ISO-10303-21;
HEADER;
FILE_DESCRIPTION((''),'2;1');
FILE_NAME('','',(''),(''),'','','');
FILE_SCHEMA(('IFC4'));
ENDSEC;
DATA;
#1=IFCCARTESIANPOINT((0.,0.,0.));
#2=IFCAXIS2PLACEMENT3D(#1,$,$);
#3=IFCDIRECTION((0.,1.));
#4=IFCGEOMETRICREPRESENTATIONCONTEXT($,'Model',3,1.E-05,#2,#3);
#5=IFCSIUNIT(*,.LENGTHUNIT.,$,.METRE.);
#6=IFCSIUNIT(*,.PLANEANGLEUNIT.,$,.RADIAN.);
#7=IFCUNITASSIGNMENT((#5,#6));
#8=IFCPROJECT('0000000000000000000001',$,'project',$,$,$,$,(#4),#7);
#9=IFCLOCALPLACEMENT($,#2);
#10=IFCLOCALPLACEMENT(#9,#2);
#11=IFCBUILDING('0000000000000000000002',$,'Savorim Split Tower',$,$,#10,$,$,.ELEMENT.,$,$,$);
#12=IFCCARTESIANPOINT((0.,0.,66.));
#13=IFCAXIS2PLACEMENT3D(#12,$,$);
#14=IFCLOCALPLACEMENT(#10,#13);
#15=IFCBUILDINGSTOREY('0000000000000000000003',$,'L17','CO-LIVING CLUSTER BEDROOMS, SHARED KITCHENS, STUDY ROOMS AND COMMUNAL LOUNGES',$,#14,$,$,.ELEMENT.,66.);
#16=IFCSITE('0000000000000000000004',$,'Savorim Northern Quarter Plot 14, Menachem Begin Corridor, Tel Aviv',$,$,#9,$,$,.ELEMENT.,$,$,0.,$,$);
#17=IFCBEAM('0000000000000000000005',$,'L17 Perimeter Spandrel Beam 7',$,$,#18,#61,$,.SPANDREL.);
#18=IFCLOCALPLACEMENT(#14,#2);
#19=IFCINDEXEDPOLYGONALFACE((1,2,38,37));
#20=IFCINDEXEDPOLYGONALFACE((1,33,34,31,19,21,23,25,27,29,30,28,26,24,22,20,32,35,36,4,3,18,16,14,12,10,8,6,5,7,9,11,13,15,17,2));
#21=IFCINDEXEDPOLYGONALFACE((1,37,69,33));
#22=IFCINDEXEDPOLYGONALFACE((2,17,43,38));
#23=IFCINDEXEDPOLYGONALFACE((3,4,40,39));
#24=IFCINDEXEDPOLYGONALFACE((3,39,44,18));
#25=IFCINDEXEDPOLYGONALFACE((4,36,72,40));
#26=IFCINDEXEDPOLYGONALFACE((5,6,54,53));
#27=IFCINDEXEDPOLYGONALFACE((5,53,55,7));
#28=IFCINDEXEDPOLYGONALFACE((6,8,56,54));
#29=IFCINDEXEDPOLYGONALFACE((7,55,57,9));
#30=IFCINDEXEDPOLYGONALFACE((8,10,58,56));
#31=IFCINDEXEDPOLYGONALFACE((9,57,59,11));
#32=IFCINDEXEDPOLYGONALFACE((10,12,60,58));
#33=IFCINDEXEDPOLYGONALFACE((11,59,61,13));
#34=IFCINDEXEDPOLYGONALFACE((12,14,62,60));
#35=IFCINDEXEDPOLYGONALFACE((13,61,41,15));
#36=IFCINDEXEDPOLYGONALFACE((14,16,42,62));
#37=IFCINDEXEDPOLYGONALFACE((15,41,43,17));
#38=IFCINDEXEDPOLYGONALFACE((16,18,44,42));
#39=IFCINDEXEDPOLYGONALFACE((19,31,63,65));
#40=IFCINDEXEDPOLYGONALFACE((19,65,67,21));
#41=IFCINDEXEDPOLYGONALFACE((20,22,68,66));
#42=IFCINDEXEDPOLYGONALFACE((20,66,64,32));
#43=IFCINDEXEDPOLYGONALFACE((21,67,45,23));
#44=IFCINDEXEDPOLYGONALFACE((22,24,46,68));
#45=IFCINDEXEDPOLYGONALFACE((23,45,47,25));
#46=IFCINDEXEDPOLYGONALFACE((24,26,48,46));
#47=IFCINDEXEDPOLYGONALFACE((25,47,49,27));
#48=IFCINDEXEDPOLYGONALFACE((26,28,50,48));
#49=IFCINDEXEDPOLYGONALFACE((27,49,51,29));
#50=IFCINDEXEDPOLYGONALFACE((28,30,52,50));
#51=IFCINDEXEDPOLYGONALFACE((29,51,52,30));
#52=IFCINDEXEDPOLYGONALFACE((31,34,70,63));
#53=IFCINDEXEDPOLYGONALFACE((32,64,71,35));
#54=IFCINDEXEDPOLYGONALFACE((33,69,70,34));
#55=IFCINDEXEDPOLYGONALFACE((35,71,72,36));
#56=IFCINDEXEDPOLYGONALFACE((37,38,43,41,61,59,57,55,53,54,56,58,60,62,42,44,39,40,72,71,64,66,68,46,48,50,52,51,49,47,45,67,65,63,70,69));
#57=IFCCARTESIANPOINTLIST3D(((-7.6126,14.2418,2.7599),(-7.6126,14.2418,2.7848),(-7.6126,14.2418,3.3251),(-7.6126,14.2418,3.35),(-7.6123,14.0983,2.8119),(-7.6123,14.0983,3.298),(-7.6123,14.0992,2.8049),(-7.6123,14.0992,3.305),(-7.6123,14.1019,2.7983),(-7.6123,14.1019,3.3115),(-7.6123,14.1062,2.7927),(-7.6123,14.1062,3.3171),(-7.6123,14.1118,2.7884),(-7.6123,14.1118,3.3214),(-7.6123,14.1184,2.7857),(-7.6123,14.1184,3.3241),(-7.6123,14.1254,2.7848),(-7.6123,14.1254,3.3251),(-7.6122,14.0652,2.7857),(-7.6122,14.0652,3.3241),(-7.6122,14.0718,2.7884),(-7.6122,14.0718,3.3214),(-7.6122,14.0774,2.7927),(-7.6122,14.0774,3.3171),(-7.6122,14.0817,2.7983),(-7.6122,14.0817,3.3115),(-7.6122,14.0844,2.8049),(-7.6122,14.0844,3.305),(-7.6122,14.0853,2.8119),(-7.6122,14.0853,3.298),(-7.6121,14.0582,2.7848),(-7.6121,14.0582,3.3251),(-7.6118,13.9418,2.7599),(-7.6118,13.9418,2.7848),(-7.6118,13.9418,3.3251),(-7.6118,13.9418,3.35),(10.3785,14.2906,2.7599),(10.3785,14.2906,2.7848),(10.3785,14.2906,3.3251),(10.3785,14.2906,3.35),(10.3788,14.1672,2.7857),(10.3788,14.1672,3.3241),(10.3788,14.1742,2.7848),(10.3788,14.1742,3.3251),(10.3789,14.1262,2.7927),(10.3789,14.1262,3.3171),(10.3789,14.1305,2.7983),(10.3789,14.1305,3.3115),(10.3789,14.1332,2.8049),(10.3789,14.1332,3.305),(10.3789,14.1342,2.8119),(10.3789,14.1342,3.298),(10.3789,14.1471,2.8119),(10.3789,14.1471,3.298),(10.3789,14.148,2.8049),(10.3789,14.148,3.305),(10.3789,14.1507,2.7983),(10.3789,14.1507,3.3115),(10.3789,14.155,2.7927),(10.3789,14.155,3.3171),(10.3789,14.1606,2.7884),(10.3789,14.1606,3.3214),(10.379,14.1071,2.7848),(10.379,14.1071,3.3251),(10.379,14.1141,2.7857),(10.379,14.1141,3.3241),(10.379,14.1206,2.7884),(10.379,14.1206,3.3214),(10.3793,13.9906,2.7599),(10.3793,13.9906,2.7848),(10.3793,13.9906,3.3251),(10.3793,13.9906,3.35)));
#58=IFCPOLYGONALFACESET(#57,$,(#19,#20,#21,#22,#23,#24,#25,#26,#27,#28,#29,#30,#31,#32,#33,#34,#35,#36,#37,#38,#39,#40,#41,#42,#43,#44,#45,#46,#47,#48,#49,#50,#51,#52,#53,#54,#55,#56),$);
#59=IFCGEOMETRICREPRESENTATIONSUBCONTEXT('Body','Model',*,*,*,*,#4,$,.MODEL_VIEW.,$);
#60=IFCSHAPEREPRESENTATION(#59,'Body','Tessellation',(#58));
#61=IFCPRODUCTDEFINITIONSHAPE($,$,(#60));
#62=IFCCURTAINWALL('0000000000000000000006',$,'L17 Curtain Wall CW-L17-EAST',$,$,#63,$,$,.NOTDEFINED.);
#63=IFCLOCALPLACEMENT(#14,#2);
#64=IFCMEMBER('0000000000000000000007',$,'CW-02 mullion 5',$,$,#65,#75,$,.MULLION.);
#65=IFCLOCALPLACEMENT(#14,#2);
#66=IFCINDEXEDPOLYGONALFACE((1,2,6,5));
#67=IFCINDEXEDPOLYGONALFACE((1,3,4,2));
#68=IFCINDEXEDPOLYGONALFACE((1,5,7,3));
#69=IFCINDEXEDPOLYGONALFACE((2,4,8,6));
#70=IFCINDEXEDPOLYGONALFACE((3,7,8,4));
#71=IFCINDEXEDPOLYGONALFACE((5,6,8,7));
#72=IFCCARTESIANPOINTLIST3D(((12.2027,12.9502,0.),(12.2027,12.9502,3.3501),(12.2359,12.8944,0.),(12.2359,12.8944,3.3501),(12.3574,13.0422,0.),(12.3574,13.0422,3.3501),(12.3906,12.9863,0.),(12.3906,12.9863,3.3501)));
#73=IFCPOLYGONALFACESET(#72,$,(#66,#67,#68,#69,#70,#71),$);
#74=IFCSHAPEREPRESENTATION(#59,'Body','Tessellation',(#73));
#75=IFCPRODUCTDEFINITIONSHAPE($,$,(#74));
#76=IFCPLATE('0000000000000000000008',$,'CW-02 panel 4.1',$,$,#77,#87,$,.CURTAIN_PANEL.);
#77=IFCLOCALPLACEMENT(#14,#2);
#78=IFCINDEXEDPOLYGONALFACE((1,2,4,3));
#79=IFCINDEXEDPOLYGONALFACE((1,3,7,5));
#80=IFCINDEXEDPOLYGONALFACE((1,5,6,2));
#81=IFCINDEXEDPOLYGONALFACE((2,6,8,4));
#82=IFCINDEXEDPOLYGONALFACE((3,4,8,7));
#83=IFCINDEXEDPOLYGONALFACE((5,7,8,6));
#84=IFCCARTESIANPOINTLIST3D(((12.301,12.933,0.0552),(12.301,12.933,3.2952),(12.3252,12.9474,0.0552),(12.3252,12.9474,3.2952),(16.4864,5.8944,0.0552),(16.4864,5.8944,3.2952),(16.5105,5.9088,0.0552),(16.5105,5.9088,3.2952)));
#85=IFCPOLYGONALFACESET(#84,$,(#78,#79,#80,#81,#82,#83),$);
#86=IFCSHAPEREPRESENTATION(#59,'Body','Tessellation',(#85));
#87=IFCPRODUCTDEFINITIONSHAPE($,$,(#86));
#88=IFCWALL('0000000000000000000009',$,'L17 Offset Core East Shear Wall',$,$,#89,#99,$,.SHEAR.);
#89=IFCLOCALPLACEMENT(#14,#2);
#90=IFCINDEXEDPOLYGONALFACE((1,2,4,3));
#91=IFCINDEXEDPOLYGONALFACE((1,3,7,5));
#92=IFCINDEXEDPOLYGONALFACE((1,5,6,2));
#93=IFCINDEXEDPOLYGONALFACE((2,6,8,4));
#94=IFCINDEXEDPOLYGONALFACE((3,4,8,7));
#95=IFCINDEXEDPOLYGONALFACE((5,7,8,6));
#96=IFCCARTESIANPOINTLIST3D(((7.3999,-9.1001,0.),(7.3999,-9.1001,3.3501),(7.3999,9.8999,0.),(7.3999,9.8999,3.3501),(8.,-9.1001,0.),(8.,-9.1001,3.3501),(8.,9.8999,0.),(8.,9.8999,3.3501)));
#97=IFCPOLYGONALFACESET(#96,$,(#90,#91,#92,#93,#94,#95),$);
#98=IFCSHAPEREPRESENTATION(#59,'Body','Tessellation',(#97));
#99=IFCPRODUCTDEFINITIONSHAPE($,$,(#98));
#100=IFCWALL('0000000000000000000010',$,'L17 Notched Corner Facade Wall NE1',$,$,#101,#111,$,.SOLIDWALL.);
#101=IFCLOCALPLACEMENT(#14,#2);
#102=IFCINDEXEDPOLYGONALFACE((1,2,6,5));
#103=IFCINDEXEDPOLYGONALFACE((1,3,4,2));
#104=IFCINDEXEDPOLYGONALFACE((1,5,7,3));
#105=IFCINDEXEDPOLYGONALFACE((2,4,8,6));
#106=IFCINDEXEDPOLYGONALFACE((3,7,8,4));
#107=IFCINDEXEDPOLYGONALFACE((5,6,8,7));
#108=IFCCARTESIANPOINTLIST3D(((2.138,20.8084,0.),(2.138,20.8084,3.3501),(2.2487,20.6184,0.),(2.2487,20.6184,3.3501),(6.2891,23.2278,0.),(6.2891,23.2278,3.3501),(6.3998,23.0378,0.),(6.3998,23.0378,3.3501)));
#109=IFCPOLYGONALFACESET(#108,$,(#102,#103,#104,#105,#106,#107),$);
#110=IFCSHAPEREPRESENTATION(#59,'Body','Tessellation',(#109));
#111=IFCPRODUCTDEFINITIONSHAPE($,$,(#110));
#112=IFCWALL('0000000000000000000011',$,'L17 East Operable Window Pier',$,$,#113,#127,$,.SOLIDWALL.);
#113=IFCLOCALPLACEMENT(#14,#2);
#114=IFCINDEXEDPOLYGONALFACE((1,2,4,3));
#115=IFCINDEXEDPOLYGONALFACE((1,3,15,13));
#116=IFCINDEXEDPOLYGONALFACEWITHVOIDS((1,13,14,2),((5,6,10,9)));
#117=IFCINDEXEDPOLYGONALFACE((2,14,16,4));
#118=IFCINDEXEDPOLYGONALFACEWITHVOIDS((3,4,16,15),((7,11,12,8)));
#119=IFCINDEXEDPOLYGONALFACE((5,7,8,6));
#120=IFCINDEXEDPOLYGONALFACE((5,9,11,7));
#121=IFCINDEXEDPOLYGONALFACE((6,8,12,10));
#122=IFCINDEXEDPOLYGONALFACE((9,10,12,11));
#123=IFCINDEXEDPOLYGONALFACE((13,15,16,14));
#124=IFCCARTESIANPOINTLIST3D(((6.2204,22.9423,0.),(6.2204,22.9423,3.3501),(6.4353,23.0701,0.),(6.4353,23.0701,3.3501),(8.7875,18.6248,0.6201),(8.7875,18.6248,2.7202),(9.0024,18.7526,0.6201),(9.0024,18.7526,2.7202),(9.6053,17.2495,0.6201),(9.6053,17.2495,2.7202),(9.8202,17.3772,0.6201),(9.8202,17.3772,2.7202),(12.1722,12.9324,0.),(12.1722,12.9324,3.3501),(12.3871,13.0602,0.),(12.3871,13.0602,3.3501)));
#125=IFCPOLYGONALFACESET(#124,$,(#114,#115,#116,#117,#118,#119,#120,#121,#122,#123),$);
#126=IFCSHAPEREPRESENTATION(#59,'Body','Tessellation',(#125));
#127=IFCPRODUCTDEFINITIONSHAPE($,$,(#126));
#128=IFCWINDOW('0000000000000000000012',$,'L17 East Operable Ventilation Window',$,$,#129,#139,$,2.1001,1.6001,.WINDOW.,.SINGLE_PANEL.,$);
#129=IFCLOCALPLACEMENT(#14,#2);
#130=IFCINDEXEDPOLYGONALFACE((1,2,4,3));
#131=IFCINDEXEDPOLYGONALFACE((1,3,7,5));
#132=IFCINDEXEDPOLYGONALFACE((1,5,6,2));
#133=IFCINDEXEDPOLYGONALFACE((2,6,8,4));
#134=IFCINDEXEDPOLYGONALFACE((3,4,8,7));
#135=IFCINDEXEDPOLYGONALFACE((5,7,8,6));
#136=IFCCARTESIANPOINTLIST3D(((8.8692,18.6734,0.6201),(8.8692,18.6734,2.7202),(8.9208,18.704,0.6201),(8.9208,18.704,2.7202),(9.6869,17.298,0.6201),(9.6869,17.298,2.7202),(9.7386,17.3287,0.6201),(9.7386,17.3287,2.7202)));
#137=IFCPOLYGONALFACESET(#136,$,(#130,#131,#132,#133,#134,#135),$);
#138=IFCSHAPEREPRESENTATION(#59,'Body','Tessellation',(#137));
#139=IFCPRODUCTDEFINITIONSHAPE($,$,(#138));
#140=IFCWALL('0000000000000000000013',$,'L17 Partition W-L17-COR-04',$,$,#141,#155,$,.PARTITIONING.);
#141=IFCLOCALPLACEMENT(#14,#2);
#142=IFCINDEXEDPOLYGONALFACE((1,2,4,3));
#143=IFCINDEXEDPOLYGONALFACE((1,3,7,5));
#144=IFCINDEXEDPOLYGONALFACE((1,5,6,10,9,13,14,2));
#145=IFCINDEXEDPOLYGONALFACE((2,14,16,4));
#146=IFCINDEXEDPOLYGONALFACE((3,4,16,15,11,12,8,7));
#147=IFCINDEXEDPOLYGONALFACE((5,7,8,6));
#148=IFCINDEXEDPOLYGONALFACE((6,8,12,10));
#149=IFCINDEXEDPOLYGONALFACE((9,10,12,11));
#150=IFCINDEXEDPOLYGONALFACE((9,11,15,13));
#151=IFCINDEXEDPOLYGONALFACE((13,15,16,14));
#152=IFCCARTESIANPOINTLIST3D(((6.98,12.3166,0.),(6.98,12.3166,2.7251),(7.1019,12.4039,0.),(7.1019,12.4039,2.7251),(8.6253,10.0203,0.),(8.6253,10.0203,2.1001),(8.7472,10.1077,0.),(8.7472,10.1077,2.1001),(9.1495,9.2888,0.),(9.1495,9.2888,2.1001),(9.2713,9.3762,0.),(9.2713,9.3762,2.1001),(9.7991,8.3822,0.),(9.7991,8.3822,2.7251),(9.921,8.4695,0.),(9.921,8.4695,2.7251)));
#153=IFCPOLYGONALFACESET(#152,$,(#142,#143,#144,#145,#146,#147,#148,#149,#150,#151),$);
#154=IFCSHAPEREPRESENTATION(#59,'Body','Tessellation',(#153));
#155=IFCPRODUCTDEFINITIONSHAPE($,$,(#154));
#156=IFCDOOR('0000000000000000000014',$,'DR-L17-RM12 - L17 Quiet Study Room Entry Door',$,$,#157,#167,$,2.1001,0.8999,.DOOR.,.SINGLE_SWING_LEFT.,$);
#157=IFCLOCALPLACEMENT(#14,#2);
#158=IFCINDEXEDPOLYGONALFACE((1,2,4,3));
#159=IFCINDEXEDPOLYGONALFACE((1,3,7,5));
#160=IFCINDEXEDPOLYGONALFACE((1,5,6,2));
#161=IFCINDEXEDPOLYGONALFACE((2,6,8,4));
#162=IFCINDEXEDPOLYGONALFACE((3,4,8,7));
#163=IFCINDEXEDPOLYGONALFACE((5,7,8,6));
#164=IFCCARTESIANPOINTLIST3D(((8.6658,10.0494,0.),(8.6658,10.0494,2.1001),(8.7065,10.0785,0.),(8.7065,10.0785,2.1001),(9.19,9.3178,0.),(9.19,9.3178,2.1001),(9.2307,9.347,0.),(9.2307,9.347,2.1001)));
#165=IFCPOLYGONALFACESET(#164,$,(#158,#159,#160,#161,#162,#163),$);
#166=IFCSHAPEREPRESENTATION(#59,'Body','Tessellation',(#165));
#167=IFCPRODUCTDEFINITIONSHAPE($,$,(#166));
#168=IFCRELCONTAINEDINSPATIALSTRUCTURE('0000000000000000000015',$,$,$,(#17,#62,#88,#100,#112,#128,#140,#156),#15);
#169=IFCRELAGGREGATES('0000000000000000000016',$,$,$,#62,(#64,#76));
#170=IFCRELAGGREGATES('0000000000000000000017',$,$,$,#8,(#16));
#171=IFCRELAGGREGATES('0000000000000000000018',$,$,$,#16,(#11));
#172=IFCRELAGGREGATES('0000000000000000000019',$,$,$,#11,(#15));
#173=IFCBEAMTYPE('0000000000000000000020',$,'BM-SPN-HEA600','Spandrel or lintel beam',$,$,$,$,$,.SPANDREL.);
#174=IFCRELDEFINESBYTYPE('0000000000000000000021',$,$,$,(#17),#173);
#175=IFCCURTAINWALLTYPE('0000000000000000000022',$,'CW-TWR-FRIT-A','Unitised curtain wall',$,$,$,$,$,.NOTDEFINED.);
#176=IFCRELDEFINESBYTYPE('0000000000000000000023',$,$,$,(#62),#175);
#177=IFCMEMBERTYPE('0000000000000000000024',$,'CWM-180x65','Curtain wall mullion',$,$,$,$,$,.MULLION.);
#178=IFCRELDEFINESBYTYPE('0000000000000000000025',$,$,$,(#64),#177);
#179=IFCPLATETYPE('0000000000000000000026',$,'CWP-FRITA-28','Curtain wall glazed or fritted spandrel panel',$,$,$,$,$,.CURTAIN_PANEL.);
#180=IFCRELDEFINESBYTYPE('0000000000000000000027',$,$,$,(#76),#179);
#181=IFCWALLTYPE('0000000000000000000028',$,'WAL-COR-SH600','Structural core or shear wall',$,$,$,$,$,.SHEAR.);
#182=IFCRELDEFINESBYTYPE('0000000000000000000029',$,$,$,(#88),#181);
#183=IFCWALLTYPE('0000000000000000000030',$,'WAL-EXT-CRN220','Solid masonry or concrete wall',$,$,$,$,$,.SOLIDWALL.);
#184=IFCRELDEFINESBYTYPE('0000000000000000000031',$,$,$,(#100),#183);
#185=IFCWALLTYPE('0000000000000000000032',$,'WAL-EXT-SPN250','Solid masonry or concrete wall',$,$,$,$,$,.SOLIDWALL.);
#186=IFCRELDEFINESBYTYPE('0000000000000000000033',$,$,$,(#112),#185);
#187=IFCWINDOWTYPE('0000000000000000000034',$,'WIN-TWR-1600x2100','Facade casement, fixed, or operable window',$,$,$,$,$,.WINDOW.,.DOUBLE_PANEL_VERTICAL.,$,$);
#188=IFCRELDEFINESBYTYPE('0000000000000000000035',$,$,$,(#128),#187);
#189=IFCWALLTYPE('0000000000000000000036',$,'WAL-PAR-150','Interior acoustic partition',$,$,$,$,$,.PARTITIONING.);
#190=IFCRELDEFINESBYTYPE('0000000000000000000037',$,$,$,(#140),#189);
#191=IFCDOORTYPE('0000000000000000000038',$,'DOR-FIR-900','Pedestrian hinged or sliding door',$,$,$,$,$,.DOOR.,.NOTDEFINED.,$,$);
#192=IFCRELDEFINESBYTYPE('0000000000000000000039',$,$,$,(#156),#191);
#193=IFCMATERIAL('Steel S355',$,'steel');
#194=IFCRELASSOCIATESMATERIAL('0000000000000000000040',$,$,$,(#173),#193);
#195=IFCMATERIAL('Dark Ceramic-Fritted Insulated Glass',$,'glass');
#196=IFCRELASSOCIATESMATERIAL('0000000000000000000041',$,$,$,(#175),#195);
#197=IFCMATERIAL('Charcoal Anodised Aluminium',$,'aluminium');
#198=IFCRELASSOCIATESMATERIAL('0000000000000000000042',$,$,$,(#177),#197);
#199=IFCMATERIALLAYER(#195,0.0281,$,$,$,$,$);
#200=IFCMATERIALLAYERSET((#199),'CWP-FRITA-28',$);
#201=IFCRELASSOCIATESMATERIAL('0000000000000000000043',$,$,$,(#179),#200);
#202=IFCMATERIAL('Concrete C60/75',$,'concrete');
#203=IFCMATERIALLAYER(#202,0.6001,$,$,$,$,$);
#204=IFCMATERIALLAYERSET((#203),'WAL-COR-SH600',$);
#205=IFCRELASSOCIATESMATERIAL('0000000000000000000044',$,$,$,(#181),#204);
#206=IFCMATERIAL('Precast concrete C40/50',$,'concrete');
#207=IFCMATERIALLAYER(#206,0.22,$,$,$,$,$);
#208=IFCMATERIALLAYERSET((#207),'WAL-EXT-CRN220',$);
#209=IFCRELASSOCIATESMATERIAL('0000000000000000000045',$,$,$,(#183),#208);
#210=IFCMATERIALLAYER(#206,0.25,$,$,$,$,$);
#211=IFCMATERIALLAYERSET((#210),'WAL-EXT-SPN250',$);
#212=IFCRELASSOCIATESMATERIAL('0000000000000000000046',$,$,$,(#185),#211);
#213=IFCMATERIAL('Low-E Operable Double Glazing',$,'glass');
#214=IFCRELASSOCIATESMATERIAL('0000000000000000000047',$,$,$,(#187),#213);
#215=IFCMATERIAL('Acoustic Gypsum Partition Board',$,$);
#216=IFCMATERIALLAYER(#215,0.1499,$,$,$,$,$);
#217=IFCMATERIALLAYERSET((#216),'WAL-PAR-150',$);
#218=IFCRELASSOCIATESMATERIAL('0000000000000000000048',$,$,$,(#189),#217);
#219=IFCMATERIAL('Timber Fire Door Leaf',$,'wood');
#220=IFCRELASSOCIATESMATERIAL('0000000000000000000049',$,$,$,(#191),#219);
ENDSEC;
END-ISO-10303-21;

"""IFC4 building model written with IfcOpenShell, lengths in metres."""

from ifc_helpers import new_model, si_unit, direction, frame, frame_2d, origin, origin_2d, place, context, subcontext, project, spatial, rectangle, i_section, extrude, material, layer, layer_set, material_profile, profile_set, type_object, element, fill, aggregate, save


model = new_model("IFC4")

# Units and contexts
model_context = context("Model", 3, precision=1e-05, world=origin(), true_north=direction((0.0, 1.0)))
body_context = subcontext(model_context, "Body", "Model", "MODEL_VIEW")
ifc_project = project(units=[si_unit("LENGTHUNIT", "METRE"), si_unit("PLANEANGLEUNIT", "RADIAN")], contexts=[model_context])

# Site, building, storey
site_placement = place(None, origin())
site = spatial("IfcSite", under=ifc_project, at=site_placement, Name="Savorim Northern Quarter Plot 14, Menachem Begin Corridor, Tel Aviv", CompositionType="ELEMENT", RefElevation=0.0)
building_placement = place(site_placement, origin())
building = spatial("IfcBuilding", under=site, at=building_placement, Name="Savorim Split Tower", CompositionType="ELEMENT")
storey_placement = place(building_placement, frame((0.0, 0.0, 66.0)))
storey = spatial("IfcBuildingStorey", under=building, at=storey_placement, Name="L17", Description="CO-LIVING CLUSTER BEDROOMS, SHARED KITCHENS, STUDY ROOMS AND COMMUNAL LOUNGES", CompositionType="ELEMENT", Elevation=66.0)

# Beam
ifc_material_1 = material(Name="Steel S355", Category="steel")
ifc_material_profile_1 = material_profile(ifc_material_1, i_section(OverallWidth=0.3, OverallDepth=0.5901, WebThickness=0.0129, FlangeThickness=0.0249, FilletRadius=0.0271, at=origin_2d()), Name="HEA 600")
ifc_profile_set_1 = profile_set([ifc_material_profile_1], Name="Steel S355")
beam_type_1 = type_object("IfcBeamType", Name="BM-SPN-HEA600", Description="Spandrel or lintel beam", PredefinedType="SPANDREL", material=ifc_profile_set_1)
beam_1_placement = place(storey_placement, frame((10.3789, 14.1406, 3.0549), z_axis=(-0.999996, -0.002714, 0.0), x_axis=(0.002714, -0.999996, 0.0)))
element("IfcBeam", 1, at=beam_1_placement, inside=storey, type_object=beam_type_1, Name="L17 Perimeter Spandrel Beam 7", PredefinedType="SPANDREL", context=body_context, shape_type="SweptSolid", body=[
    extrude(i_section(OverallWidth=0.3, OverallDepth=0.5901, WebThickness=0.0129, FlangeThickness=0.0249, FilletRadius=0.0271, at=origin_2d()), origin(), (0.0, 0.0, 1.0), 17.9912),
])

# Curtain wall, member, plate
ifc_material_2 = material(Name="Dark Ceramic-Fritted Insulated Glass", Category="glass")
curtain_wall_type = type_object("IfcCurtainWallType", Name="CW-TWR-FRIT-A", Description="Unitised curtain wall", PredefinedType="NOTDEFINED", material=ifc_material_2)
curtain_wall_placement = place(storey_placement, origin())
curtain_wall = element("IfcCurtainWall", 2, at=curtain_wall_placement, inside=storey, type_object=curtain_wall_type, Name="L17 Curtain Wall CW-L17-EAST", PredefinedType="NOTDEFINED")
ifc_material_3 = material(Name="Charcoal Anodised Aluminium", Category="aluminium")
ifc_material_profile_2 = material_profile(ifc_material_3, rectangle(XDim=0.1799, YDim=0.0649, at=origin_2d()), Name="ALU-M 180x65")
ifc_profile_set_2 = profile_set([ifc_material_profile_2], Name="Charcoal Anodised Aluminium")
member_type = type_object("IfcMemberType", Name="CWM-180x65", Description="Curtain wall mullion", PredefinedType="MULLION", material=ifc_profile_set_2)
member_placement = place(storey_placement, frame((12.2966, 12.9683, 0.0), z_axis=(0.0, 0.0, 1.0), x_axis=(-0.859526, -0.511092, 0.0)))
member = element("IfcMember", 3, at=member_placement, type_object=member_type, Name="CW-02 mullion 5", PredefinedType="MULLION", context=body_context, shape_type="SweptSolid", body=[
    extrude(rectangle(XDim=0.1799, YDim=0.0649, at=origin_2d()), origin(), (0.0, 0.0, 1.0), 3.3501),
])
ifc_layer_1 = layer(ifc_material_2, 0.0281)
ifc_layer_set_1 = layer_set([ifc_layer_1], Name="CWP-FRITA-28")
plate_type = type_object("IfcPlateType", Name="CWP-FRITA-28", Description="Curtain wall glazed or fritted spandrel panel", PredefinedType="CURTAIN_PANEL", material=ifc_layer_set_1)
plate_placement = place(storey_placement, frame((14.4058, 9.4209, 0.0552), z_axis=(0.0, 0.0, 1.0), x_axis=(-0.511092, 0.859526, 0.0)))
plate = element("IfcPlate", 4, at=plate_placement, type_object=plate_type, Name="CW-02 panel 4.1", PredefinedType="CURTAIN_PANEL", context=body_context, shape_type="SweptSolid", body=[
    extrude(rectangle(XDim=8.189, YDim=0.0281, at=origin_2d()), origin(), (0.0, 0.0, 1.0), 3.24),
])
aggregate(curtain_wall, [member, plate])

# Shared definitions
ifc_material_4 = material(Name="Concrete C60/75", Category="concrete")
ifc_layer_2 = layer(ifc_material_4, 0.6001)
ifc_layer_set_2 = layer_set([ifc_layer_2], Name="WAL-COR-SH600")
wall_type_1 = type_object("IfcWallType", Name="WAL-COR-SH600", Description="Structural core or shear wall", PredefinedType="SHEAR", material=ifc_layer_set_2)
ifc_material_5 = material(Name="Timber Fire Door Leaf", Category="wood")

# Walls
wall_1_placement = place(storey_placement, frame((7.7, 9.8999, 0.0), z_axis=(0.0, 0.0, 1.0), x_axis=(0.0, -1.0, 0.0)))
element("IfcWall", 5, at=wall_1_placement, inside=storey, type_object=wall_type_1, Name="L17 Offset Core East Shear Wall", PredefinedType="SHEAR", context=body_context, shape_type="SweptSolid", body=[
    extrude(rectangle(XDim=19.0, YDim=0.6001, at=frame_2d((9.5, 0.0))), origin(), (0.0, 0.0, 1.0), 3.3501),
])
ifc_material_6 = material(Name="Precast concrete C40/50", Category="concrete")
ifc_layer_3 = layer(ifc_material_6, 0.22)
ifc_layer_set_3 = layer_set([ifc_layer_3], Name="WAL-EXT-CRN220")
wall_type_2 = type_object("IfcWallType", Name="WAL-EXT-CRN220", Description="Solid masonry or concrete wall", PredefinedType="SOLIDWALL", material=ifc_layer_set_3)
wall_2_placement = place(storey_placement, frame((2.1934, 20.7134, 0.0), z_axis=(0.0, 0.0, 1.0), x_axis=(0.863965, 0.503552, 0.0)))
element("IfcWall", 6, at=wall_2_placement, inside=storey, type_object=wall_type_2, Name="L17 Notched Corner Facade Wall NE1", PredefinedType="SOLIDWALL", context=body_context, shape_type="SweptSolid", body=[
    extrude(rectangle(XDim=4.8047, YDim=0.22, at=frame_2d((2.4023, 0.0))), origin(), (0.0, 0.0, 1.0), 3.3501),
])

# Wall, opening, window
ifc_layer_4 = layer(ifc_material_6, 0.25)
ifc_layer_set_4 = layer_set([ifc_layer_4], Name="WAL-EXT-SPN250")
wall_type_3 = type_object("IfcWallType", Name="WAL-EXT-SPN250", Description="Solid masonry or concrete wall", PredefinedType="SOLIDWALL", material=ifc_layer_set_4)
wall_3_placement = place(storey_placement, frame((6.3279, 23.0061, 0.0), z_axis=(0.0, 0.0, 1.0), x_axis=(0.511076, -0.859536, 0.0)))
wall_3 = element("IfcWall", 7, at=wall_3_placement, inside=storey, type_object=wall_type_3, Name="L17 East Operable Window Pier", PredefinedType="SOLIDWALL", context=body_context, shape_type="SweptSolid", body=[
    extrude(rectangle(XDim=11.6458, YDim=0.25, at=frame_2d((5.8228, 0.0))), origin(), (0.0, 0.0, 1.0), 3.3501),
])
opening_1_placement = place(wall_3_placement, frame((5.0229, 0.0, 0.6201)))
opening_1 = element("IfcOpeningElement", 8, at=opening_1_placement, cuts=wall_3, PredefinedType="OPENING", context=body_context, shape_type="SweptSolid", body=[
    extrude(rectangle(XDim=1.6001, YDim=2.1001, at=frame_2d((0.8, 1.05))), frame((0.0, 0.135, 0.0), z_axis=(0.0, -1.0, 0.0), x_axis=(1.0, 0.0, 0.0)), (0.0, 0.0, 1.0), 0.27),
])
ifc_material_7 = material(Name="Low-E Operable Double Glazing", Category="glass")
window_type = type_object("IfcWindowType", Name="WIN-TWR-1600x2100", Description="Facade casement, fixed, or operable window", PartitioningType="DOUBLE_PANEL_VERTICAL", PredefinedType="WINDOW", material=ifc_material_7)
window_placement = place(opening_1_placement, origin())
window = element("IfcWindow", 9, at=window_placement, inside=storey, type_object=window_type, Name="L17 East Operable Ventilation Window", OverallHeight=2.1001, OverallWidth=1.6001, PartitioningType="SINGLE_PANEL", PredefinedType="WINDOW", context=body_context, shape_type="SweptSolid", body=[
    extrude(rectangle(XDim=1.6001, YDim=2.1001, at=frame_2d((0.8, 1.05))), frame((0.0, 0.03, 0.0), z_axis=(0.0, -1.0, 0.0), x_axis=(1.0, 0.0, 0.0)), (0.0, 0.0, 1.0), 0.0601),
])
fill(opening_1, window)

# Wall, opening, door
ifc_material_8 = material(Name="Acoustic Gypsum Partition Board")
ifc_layer_5 = layer(ifc_material_8, 0.1499)
ifc_layer_set_5 = layer_set([ifc_layer_5], Name="WAL-PAR-150")
wall_type_4 = type_object("IfcWallType", Name="WAL-PAR-150", Description="Interior acoustic partition", PredefinedType="PARTITIONING", material=ifc_layer_set_5)
wall_4_placement = place(storey_placement, frame((7.041, 12.3601, 0.0), z_axis=(0.0, 0.0, 1.0), x_axis=(0.58245, -0.812867, 0.0)))
wall_4 = element("IfcWall", 10, at=wall_4_placement, inside=storey, type_object=wall_type_4, Name="L17 Partition W-L17-COR-04", PredefinedType="PARTITIONING", context=body_context, shape_type="SweptSolid", body=[
    extrude(rectangle(XDim=4.8401, YDim=0.1499, at=frame_2d((2.4199, 0.0))), origin(), (0.0, 0.0, 1.0), 2.7251),
])
opening_2_placement = place(wall_4_placement, frame((2.8247, 0.0, 0.0)))
opening_2 = element("IfcOpeningElement", 11, at=opening_2_placement, cuts=wall_4, PredefinedType="OPENING", context=body_context, shape_type="SweptSolid", body=[
    extrude(rectangle(XDim=0.8999, YDim=2.1001, at=frame_2d((0.45, 1.05))), frame((0.0, 0.085, 0.0), z_axis=(0.0, -1.0, 0.0), x_axis=(1.0, 0.0, 0.0)), (0.0, 0.0, 1.0), 0.1699),
])
door_type_1 = type_object("IfcDoorType", Name="DOR-FIR-900", Description="Pedestrian hinged or sliding door", OperationType="NOTDEFINED", PredefinedType="DOOR", material=ifc_material_5)
door_1_placement = place(opening_2_placement, origin())
door_1 = element("IfcDoor", 12, at=door_1_placement, inside=storey, type_object=door_type_1, Name="DR-L17-RM12 - L17 Quiet Study Room Entry Door", OperationType="SINGLE_SWING_LEFT", OverallHeight=2.1001, OverallWidth=0.8999, PredefinedType="DOOR", context=body_context, shape_type="SweptSolid", body=[
    extrude(rectangle(XDim=0.8999, YDim=2.1001, at=frame_2d((0.45, 1.05))), frame((0.0, 0.0249, 0.0), z_axis=(0.0, -1.0, 0.0), x_axis=(1.0, 0.0, 0.0)), (0.0, 0.0, 1.0), 0.05),
])
fill(opening_2, door_1)

save(model, "model.ifc")
